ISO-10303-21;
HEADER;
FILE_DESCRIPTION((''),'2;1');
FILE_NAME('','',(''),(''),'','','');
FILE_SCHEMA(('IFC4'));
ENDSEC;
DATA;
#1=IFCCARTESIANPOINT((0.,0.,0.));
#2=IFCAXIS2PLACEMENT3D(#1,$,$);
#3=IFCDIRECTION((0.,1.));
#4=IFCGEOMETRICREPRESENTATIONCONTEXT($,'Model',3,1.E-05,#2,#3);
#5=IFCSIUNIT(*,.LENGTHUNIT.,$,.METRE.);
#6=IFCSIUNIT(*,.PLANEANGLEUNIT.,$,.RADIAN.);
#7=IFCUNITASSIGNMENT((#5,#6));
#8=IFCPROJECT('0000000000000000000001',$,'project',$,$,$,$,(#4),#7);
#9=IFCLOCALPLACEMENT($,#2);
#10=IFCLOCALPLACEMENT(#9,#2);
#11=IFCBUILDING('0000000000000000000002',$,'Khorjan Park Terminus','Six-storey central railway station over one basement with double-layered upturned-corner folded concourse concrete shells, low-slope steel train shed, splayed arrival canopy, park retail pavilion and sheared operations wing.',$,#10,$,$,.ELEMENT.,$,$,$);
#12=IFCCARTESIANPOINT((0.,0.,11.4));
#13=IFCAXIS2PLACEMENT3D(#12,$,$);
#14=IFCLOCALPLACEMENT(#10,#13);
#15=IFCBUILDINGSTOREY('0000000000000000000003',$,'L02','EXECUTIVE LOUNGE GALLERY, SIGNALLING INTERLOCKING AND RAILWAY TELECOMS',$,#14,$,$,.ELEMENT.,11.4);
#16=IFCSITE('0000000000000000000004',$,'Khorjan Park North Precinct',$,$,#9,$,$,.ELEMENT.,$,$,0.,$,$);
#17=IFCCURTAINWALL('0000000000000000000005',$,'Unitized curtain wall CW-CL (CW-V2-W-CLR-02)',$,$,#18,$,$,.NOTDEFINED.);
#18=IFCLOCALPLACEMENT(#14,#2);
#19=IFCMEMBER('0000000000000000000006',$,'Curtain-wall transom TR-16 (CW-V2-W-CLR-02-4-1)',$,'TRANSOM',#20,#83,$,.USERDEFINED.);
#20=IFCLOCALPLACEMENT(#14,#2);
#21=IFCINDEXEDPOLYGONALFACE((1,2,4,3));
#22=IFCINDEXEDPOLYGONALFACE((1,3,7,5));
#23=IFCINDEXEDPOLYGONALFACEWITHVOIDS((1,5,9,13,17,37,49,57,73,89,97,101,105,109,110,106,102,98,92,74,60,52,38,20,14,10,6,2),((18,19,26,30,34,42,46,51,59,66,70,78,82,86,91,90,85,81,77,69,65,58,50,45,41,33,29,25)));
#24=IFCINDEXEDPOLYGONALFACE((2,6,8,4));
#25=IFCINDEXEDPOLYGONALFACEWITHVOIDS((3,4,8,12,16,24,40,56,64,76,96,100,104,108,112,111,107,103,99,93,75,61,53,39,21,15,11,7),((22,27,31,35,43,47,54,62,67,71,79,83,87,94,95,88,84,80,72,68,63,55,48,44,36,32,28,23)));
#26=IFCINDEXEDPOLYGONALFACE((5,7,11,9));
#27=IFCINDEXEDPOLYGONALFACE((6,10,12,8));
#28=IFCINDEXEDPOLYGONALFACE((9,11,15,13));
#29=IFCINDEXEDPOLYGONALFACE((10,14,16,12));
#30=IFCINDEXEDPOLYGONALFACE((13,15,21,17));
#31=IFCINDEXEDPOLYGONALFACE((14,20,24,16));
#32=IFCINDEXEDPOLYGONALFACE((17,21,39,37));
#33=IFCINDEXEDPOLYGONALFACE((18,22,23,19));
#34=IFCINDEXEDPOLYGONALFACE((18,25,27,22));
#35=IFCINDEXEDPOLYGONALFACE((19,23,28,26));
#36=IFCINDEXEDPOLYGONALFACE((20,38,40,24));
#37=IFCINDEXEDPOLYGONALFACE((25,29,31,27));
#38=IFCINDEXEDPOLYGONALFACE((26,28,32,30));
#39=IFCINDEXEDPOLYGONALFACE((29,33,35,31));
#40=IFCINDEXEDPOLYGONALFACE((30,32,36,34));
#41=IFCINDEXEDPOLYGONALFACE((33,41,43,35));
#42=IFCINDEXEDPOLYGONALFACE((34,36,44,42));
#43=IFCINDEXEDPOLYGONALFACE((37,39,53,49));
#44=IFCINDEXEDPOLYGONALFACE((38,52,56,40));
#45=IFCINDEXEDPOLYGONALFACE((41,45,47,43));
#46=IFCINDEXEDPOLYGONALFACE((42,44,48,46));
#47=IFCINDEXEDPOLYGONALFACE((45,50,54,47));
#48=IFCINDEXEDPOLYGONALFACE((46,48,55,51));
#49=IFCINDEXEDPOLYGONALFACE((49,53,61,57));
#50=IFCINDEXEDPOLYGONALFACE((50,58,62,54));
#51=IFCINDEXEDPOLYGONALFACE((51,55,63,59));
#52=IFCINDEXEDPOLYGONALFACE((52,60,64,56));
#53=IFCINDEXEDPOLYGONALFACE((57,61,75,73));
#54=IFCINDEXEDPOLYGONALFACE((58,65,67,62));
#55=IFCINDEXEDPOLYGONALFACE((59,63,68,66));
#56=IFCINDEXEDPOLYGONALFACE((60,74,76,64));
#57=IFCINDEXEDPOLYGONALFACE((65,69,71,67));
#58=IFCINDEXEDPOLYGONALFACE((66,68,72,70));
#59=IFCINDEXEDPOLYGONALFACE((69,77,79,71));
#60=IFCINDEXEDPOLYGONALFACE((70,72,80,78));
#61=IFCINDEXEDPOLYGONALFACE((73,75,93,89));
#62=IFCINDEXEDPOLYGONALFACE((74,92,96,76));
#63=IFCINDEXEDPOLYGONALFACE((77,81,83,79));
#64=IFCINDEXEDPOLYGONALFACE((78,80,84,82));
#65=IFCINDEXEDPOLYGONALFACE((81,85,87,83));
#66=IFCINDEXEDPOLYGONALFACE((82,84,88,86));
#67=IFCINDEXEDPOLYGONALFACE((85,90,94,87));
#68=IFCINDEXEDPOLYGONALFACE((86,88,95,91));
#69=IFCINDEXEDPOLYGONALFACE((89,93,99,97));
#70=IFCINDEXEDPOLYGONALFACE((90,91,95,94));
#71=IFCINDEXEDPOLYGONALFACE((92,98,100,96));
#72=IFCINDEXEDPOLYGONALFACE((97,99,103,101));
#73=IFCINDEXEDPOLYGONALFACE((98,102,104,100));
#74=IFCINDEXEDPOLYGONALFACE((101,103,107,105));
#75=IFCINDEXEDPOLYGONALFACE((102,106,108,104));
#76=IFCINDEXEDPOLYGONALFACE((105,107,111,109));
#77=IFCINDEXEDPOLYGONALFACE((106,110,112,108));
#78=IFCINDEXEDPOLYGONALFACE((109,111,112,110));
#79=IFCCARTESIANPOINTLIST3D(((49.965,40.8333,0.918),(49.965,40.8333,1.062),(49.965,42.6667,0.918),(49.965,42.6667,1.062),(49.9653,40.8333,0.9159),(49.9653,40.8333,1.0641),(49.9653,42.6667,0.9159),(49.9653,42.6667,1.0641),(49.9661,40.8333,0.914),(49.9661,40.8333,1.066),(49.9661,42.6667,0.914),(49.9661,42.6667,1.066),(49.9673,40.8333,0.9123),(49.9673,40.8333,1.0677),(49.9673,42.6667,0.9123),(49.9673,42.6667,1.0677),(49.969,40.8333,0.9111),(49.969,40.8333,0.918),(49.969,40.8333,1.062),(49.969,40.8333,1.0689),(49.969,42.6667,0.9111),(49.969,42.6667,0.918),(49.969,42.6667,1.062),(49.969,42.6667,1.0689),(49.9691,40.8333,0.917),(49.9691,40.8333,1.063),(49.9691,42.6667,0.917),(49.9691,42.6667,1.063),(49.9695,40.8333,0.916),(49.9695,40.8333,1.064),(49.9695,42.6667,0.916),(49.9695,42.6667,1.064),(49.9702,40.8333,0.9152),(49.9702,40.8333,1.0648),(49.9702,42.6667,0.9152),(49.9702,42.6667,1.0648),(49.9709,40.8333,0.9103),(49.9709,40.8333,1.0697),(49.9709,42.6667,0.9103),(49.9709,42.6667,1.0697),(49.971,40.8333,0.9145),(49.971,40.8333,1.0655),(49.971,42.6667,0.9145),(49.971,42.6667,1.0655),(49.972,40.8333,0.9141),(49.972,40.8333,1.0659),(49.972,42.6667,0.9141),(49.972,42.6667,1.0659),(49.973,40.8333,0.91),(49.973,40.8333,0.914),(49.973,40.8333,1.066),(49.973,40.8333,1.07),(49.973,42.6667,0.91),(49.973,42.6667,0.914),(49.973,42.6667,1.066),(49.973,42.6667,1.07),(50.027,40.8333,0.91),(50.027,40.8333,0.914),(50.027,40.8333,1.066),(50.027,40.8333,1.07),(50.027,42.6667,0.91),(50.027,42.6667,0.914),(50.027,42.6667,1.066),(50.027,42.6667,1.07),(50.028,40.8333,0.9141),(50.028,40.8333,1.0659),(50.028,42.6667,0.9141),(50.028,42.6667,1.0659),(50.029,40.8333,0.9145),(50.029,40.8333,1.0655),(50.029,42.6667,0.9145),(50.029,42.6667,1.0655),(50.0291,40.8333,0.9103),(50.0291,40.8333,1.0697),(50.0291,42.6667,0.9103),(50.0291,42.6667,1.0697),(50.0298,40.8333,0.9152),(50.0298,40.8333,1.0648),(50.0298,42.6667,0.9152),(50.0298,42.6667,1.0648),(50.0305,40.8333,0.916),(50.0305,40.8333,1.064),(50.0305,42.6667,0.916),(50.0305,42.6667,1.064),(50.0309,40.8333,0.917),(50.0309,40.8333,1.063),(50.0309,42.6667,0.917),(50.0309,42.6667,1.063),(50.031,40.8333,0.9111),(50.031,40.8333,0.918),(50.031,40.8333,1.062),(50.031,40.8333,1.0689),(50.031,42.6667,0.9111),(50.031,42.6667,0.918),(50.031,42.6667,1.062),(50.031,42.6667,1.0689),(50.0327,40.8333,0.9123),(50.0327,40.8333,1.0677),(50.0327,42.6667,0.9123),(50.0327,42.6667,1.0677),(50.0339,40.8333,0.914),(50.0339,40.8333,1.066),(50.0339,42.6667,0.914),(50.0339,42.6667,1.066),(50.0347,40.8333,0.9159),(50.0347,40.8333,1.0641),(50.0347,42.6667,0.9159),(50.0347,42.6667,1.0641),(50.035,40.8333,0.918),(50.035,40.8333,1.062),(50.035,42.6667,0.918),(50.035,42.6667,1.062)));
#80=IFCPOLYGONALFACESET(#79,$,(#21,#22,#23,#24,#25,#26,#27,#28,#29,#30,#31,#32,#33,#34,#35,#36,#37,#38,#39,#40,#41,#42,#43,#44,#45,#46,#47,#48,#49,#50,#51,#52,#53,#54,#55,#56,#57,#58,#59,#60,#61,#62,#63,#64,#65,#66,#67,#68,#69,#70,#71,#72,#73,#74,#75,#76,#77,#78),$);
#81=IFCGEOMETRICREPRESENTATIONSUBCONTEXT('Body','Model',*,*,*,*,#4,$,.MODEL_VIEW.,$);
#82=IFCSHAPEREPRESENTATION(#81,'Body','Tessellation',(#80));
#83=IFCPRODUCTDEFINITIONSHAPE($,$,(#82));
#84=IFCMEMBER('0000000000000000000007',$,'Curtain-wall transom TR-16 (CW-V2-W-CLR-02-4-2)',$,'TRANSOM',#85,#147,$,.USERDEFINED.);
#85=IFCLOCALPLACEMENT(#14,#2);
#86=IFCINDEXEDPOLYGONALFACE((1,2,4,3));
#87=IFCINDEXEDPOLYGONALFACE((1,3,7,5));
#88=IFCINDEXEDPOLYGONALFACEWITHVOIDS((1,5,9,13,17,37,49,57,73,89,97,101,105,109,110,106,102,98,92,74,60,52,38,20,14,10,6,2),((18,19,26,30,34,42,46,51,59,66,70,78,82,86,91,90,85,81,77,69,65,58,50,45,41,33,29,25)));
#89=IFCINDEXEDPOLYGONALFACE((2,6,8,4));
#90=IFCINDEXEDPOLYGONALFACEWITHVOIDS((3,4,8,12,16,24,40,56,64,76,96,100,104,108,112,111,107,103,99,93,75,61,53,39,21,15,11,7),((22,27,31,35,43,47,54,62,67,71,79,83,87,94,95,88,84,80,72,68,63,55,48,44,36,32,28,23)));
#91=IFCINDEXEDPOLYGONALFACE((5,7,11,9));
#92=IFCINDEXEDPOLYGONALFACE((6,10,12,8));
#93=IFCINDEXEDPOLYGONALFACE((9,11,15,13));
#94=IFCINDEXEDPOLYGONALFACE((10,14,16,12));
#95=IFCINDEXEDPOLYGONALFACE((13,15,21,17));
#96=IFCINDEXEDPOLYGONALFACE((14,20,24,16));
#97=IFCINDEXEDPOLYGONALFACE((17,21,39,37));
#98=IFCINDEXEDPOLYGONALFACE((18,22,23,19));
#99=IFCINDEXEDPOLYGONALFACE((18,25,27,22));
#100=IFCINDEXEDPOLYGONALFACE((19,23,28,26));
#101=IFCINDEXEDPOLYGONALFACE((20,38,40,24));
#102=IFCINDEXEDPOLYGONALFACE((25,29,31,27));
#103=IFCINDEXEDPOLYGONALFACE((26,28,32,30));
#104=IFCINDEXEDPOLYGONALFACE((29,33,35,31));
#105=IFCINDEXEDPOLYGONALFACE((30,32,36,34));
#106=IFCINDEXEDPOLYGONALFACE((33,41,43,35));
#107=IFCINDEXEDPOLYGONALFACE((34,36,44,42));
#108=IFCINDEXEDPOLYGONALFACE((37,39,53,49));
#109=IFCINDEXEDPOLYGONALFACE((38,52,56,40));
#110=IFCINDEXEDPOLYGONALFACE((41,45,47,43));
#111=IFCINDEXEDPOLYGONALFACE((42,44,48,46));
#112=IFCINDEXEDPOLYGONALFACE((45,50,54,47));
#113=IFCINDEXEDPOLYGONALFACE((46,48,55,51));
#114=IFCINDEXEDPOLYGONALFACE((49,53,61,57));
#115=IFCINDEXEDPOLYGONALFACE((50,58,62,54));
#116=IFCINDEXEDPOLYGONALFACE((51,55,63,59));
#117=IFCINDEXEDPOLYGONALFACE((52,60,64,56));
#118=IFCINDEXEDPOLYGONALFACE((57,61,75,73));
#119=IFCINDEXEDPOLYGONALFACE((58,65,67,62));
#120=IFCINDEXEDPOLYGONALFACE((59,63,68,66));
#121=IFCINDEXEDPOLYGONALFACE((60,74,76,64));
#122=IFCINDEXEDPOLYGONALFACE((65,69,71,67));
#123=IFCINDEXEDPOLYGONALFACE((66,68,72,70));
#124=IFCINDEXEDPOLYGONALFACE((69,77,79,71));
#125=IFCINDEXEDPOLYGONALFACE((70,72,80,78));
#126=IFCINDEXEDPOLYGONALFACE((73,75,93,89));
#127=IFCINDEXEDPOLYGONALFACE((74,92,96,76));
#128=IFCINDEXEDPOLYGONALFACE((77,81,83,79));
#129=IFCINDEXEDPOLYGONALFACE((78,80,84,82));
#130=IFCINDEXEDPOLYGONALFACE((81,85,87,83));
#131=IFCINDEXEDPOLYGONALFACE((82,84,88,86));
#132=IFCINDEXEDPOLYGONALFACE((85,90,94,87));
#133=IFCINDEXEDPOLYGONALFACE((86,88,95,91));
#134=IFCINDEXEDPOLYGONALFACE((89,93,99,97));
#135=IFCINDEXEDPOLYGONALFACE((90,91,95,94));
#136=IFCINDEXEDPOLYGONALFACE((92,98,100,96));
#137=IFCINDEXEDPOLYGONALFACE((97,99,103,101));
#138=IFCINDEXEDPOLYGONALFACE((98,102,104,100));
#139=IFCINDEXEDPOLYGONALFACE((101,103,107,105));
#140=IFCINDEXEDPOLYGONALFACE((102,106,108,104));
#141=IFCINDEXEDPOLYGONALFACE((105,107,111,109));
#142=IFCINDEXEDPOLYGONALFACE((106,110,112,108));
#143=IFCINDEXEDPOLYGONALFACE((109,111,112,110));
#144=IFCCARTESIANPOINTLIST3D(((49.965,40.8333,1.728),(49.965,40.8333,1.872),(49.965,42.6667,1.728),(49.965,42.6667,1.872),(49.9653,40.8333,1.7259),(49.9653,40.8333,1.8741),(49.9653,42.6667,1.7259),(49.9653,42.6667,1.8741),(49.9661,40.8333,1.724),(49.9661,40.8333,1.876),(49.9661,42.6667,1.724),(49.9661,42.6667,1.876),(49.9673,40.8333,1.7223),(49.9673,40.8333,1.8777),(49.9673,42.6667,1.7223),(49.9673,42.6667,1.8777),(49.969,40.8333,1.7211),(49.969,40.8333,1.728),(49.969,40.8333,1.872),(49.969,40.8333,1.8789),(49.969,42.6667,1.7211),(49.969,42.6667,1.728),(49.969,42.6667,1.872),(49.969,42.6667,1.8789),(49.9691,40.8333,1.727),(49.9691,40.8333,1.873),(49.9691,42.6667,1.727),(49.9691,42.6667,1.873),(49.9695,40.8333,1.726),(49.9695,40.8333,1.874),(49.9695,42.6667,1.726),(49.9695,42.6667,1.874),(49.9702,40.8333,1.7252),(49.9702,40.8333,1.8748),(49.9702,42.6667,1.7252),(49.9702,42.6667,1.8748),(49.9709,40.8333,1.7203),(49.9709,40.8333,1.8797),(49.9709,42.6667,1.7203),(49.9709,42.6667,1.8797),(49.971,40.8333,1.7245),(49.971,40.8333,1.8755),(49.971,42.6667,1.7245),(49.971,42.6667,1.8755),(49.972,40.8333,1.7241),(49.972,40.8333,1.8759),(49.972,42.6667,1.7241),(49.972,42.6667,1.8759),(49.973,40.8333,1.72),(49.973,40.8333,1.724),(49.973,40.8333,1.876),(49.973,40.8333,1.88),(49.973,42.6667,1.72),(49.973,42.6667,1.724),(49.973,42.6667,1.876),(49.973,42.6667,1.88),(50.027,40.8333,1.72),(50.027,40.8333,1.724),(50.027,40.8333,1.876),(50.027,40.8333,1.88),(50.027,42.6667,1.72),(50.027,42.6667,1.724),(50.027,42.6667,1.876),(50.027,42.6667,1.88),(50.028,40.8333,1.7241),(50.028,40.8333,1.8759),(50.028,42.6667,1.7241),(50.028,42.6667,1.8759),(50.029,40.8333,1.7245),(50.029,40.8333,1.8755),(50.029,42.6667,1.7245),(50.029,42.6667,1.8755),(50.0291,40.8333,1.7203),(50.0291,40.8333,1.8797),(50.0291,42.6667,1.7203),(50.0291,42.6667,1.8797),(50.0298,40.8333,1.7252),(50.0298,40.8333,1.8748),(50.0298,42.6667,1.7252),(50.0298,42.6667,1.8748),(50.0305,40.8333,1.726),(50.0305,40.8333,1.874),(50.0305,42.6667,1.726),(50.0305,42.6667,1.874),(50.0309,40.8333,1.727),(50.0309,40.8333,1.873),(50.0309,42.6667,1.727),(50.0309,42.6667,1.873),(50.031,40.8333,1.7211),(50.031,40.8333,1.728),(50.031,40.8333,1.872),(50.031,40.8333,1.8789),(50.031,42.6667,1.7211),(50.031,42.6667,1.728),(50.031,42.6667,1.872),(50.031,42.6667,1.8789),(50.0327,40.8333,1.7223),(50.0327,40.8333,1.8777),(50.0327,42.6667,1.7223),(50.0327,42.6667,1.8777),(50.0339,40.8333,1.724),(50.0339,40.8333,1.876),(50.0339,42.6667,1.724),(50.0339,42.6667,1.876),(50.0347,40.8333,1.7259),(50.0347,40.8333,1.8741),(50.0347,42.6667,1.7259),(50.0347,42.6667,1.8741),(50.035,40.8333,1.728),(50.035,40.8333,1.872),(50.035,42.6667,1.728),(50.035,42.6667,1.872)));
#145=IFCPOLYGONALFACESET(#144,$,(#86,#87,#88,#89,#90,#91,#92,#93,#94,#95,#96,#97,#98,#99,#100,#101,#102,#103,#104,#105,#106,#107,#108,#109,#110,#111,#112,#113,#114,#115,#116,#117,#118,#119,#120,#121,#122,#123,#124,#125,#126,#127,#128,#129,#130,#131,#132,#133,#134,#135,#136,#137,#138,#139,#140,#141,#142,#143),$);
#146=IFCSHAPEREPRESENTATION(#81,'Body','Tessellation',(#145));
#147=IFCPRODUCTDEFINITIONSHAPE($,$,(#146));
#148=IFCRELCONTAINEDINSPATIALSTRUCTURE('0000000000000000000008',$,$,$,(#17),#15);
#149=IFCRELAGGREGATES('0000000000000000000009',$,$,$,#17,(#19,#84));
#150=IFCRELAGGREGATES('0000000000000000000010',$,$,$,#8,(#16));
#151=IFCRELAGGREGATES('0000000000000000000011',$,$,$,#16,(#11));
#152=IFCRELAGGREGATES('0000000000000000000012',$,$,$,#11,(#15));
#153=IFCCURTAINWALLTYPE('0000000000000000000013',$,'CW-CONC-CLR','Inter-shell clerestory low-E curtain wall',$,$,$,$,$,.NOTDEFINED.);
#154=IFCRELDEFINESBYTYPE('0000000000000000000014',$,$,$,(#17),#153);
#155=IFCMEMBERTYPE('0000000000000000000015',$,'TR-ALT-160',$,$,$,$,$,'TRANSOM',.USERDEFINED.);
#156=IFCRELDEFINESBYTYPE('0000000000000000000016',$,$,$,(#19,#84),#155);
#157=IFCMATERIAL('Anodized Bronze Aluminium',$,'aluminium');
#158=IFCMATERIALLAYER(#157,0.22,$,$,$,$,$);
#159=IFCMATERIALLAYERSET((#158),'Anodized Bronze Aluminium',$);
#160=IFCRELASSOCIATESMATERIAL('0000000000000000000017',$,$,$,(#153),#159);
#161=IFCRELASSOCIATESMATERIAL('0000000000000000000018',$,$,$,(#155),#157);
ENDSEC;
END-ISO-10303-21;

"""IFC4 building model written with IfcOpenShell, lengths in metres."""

from ifc_helpers import new_model, si_unit, direction, frame, origin, origin_2d, place, context, subcontext, project, spatial, hollow_rectangle, extrude, material, layer, layer_set, material_profile, profile_set, type_object, element, aggregate, save


model = new_model("IFC4")

# Units and contexts
model_context = context("Model", 3, precision=1e-05, world=origin(), true_north=direction((0.0, 1.0)))
body_context = subcontext(model_context, "Body", "Model", "MODEL_VIEW")
ifc_project = project(units=[si_unit("LENGTHUNIT", "METRE"), si_unit("PLANEANGLEUNIT", "RADIAN")], contexts=[model_context])

# Site, building, storey
site_placement = place(None, origin())
site = spatial("IfcSite", under=ifc_project, at=site_placement, Name="Khorjan Park North Precinct", CompositionType="ELEMENT", RefElevation=0.0)
building_placement = place(site_placement, origin())
building = spatial("IfcBuilding", under=site, at=building_placement, Name="Khorjan Park Terminus", Description="Six-storey central railway station over one basement with double-layered upturned-corner folded concourse concrete shells, low-slope steel train shed, splayed arrival canopy, park retail pavilion and sheared operations wing.", CompositionType="ELEMENT")
storey_placement = place(building_placement, frame((0.0, 0.0, 11.4)))
storey = spatial("IfcBuildingStorey", under=building, at=storey_placement, Name="L02", Description="EXECUTIVE LOUNGE GALLERY, SIGNALLING INTERLOCKING AND RAILWAY TELECOMS", CompositionType="ELEMENT", Elevation=11.4)

# Curtain wall
ifc_material_1 = material(Name="Anodized Bronze Aluminium", Category="aluminium")
ifc_layer_1 = layer(ifc_material_1, 0.22)
ifc_layer_set_1 = layer_set([ifc_layer_1], Name="Anodized Bronze Aluminium")
curtain_wall_type = type_object("IfcCurtainWallType", Name="CW-CONC-CLR", Description="Inter-shell clerestory low-E curtain wall", PredefinedType="NOTDEFINED", material=ifc_layer_set_1)
curtain_wall_placement = place(storey_placement, origin())
curtain_wall = element("IfcCurtainWall", 1, at=curtain_wall_placement, inside=storey, type_object=curtain_wall_type, Name="Unitized curtain wall CW-CL (CW-V2-W-CLR-02)", PredefinedType="NOTDEFINED")

# Members
ifc_material_profile_1 = material_profile(ifc_material_1, hollow_rectangle(XDim=0.07, YDim=0.16, WallThickness=0.004, InnerFilletRadius=0.004, OuterFilletRadius=0.008, at=origin_2d()), Name="ALT 70x160x4")
ifc_profile_set_1 = profile_set([ifc_material_profile_1], Name="Anodized Bronze Aluminium")
member_type_1 = type_object("IfcMemberType", Name="TR-ALT-160", ElementType="TRANSOM", PredefinedType="USERDEFINED", material=ifc_profile_set_1)
member_1_placement = place(storey_placement, frame((50.0, 42.6667, 0.99), z_axis=(0.0, -1.0, 0.0), x_axis=(1.0, 0.0, 0.0)))
member_1 = element("IfcMember", 2, at=member_1_placement, type_object=member_type_1, Name="Curtain-wall transom TR-16 (CW-V2-W-CLR-02-4-1)", ObjectType="TRANSOM", PredefinedType="USERDEFINED", context=body_context, shape_type="SweptSolid", body=[
    extrude(hollow_rectangle(XDim=0.07, YDim=0.16, WallThickness=0.004, InnerFilletRadius=0.004, OuterFilletRadius=0.008, at=origin_2d()), origin(), (0.0, 0.0, 1.0), 1.8334),
])
member_2_placement = place(storey_placement, frame((50.0, 42.6667, 1.8), z_axis=(0.0, -1.0, 0.0), x_axis=(1.0, 0.0, 0.0)))
member_2 = element("IfcMember", 3, at=member_2_placement, type_object=member_type_1, Name="Curtain-wall transom TR-16 (CW-V2-W-CLR-02-4-2)", ObjectType="TRANSOM", PredefinedType="USERDEFINED", context=body_context, shape_type="SweptSolid", body=[
    extrude(hollow_rectangle(XDim=0.07, YDim=0.16, WallThickness=0.004, InnerFilletRadius=0.004, OuterFilletRadius=0.008, at=origin_2d()), origin(), (0.0, 0.0, 1.0), 1.8334),
])

aggregate(curtain_wall, [member_1, member_2])

save(model, "model.ifc")
